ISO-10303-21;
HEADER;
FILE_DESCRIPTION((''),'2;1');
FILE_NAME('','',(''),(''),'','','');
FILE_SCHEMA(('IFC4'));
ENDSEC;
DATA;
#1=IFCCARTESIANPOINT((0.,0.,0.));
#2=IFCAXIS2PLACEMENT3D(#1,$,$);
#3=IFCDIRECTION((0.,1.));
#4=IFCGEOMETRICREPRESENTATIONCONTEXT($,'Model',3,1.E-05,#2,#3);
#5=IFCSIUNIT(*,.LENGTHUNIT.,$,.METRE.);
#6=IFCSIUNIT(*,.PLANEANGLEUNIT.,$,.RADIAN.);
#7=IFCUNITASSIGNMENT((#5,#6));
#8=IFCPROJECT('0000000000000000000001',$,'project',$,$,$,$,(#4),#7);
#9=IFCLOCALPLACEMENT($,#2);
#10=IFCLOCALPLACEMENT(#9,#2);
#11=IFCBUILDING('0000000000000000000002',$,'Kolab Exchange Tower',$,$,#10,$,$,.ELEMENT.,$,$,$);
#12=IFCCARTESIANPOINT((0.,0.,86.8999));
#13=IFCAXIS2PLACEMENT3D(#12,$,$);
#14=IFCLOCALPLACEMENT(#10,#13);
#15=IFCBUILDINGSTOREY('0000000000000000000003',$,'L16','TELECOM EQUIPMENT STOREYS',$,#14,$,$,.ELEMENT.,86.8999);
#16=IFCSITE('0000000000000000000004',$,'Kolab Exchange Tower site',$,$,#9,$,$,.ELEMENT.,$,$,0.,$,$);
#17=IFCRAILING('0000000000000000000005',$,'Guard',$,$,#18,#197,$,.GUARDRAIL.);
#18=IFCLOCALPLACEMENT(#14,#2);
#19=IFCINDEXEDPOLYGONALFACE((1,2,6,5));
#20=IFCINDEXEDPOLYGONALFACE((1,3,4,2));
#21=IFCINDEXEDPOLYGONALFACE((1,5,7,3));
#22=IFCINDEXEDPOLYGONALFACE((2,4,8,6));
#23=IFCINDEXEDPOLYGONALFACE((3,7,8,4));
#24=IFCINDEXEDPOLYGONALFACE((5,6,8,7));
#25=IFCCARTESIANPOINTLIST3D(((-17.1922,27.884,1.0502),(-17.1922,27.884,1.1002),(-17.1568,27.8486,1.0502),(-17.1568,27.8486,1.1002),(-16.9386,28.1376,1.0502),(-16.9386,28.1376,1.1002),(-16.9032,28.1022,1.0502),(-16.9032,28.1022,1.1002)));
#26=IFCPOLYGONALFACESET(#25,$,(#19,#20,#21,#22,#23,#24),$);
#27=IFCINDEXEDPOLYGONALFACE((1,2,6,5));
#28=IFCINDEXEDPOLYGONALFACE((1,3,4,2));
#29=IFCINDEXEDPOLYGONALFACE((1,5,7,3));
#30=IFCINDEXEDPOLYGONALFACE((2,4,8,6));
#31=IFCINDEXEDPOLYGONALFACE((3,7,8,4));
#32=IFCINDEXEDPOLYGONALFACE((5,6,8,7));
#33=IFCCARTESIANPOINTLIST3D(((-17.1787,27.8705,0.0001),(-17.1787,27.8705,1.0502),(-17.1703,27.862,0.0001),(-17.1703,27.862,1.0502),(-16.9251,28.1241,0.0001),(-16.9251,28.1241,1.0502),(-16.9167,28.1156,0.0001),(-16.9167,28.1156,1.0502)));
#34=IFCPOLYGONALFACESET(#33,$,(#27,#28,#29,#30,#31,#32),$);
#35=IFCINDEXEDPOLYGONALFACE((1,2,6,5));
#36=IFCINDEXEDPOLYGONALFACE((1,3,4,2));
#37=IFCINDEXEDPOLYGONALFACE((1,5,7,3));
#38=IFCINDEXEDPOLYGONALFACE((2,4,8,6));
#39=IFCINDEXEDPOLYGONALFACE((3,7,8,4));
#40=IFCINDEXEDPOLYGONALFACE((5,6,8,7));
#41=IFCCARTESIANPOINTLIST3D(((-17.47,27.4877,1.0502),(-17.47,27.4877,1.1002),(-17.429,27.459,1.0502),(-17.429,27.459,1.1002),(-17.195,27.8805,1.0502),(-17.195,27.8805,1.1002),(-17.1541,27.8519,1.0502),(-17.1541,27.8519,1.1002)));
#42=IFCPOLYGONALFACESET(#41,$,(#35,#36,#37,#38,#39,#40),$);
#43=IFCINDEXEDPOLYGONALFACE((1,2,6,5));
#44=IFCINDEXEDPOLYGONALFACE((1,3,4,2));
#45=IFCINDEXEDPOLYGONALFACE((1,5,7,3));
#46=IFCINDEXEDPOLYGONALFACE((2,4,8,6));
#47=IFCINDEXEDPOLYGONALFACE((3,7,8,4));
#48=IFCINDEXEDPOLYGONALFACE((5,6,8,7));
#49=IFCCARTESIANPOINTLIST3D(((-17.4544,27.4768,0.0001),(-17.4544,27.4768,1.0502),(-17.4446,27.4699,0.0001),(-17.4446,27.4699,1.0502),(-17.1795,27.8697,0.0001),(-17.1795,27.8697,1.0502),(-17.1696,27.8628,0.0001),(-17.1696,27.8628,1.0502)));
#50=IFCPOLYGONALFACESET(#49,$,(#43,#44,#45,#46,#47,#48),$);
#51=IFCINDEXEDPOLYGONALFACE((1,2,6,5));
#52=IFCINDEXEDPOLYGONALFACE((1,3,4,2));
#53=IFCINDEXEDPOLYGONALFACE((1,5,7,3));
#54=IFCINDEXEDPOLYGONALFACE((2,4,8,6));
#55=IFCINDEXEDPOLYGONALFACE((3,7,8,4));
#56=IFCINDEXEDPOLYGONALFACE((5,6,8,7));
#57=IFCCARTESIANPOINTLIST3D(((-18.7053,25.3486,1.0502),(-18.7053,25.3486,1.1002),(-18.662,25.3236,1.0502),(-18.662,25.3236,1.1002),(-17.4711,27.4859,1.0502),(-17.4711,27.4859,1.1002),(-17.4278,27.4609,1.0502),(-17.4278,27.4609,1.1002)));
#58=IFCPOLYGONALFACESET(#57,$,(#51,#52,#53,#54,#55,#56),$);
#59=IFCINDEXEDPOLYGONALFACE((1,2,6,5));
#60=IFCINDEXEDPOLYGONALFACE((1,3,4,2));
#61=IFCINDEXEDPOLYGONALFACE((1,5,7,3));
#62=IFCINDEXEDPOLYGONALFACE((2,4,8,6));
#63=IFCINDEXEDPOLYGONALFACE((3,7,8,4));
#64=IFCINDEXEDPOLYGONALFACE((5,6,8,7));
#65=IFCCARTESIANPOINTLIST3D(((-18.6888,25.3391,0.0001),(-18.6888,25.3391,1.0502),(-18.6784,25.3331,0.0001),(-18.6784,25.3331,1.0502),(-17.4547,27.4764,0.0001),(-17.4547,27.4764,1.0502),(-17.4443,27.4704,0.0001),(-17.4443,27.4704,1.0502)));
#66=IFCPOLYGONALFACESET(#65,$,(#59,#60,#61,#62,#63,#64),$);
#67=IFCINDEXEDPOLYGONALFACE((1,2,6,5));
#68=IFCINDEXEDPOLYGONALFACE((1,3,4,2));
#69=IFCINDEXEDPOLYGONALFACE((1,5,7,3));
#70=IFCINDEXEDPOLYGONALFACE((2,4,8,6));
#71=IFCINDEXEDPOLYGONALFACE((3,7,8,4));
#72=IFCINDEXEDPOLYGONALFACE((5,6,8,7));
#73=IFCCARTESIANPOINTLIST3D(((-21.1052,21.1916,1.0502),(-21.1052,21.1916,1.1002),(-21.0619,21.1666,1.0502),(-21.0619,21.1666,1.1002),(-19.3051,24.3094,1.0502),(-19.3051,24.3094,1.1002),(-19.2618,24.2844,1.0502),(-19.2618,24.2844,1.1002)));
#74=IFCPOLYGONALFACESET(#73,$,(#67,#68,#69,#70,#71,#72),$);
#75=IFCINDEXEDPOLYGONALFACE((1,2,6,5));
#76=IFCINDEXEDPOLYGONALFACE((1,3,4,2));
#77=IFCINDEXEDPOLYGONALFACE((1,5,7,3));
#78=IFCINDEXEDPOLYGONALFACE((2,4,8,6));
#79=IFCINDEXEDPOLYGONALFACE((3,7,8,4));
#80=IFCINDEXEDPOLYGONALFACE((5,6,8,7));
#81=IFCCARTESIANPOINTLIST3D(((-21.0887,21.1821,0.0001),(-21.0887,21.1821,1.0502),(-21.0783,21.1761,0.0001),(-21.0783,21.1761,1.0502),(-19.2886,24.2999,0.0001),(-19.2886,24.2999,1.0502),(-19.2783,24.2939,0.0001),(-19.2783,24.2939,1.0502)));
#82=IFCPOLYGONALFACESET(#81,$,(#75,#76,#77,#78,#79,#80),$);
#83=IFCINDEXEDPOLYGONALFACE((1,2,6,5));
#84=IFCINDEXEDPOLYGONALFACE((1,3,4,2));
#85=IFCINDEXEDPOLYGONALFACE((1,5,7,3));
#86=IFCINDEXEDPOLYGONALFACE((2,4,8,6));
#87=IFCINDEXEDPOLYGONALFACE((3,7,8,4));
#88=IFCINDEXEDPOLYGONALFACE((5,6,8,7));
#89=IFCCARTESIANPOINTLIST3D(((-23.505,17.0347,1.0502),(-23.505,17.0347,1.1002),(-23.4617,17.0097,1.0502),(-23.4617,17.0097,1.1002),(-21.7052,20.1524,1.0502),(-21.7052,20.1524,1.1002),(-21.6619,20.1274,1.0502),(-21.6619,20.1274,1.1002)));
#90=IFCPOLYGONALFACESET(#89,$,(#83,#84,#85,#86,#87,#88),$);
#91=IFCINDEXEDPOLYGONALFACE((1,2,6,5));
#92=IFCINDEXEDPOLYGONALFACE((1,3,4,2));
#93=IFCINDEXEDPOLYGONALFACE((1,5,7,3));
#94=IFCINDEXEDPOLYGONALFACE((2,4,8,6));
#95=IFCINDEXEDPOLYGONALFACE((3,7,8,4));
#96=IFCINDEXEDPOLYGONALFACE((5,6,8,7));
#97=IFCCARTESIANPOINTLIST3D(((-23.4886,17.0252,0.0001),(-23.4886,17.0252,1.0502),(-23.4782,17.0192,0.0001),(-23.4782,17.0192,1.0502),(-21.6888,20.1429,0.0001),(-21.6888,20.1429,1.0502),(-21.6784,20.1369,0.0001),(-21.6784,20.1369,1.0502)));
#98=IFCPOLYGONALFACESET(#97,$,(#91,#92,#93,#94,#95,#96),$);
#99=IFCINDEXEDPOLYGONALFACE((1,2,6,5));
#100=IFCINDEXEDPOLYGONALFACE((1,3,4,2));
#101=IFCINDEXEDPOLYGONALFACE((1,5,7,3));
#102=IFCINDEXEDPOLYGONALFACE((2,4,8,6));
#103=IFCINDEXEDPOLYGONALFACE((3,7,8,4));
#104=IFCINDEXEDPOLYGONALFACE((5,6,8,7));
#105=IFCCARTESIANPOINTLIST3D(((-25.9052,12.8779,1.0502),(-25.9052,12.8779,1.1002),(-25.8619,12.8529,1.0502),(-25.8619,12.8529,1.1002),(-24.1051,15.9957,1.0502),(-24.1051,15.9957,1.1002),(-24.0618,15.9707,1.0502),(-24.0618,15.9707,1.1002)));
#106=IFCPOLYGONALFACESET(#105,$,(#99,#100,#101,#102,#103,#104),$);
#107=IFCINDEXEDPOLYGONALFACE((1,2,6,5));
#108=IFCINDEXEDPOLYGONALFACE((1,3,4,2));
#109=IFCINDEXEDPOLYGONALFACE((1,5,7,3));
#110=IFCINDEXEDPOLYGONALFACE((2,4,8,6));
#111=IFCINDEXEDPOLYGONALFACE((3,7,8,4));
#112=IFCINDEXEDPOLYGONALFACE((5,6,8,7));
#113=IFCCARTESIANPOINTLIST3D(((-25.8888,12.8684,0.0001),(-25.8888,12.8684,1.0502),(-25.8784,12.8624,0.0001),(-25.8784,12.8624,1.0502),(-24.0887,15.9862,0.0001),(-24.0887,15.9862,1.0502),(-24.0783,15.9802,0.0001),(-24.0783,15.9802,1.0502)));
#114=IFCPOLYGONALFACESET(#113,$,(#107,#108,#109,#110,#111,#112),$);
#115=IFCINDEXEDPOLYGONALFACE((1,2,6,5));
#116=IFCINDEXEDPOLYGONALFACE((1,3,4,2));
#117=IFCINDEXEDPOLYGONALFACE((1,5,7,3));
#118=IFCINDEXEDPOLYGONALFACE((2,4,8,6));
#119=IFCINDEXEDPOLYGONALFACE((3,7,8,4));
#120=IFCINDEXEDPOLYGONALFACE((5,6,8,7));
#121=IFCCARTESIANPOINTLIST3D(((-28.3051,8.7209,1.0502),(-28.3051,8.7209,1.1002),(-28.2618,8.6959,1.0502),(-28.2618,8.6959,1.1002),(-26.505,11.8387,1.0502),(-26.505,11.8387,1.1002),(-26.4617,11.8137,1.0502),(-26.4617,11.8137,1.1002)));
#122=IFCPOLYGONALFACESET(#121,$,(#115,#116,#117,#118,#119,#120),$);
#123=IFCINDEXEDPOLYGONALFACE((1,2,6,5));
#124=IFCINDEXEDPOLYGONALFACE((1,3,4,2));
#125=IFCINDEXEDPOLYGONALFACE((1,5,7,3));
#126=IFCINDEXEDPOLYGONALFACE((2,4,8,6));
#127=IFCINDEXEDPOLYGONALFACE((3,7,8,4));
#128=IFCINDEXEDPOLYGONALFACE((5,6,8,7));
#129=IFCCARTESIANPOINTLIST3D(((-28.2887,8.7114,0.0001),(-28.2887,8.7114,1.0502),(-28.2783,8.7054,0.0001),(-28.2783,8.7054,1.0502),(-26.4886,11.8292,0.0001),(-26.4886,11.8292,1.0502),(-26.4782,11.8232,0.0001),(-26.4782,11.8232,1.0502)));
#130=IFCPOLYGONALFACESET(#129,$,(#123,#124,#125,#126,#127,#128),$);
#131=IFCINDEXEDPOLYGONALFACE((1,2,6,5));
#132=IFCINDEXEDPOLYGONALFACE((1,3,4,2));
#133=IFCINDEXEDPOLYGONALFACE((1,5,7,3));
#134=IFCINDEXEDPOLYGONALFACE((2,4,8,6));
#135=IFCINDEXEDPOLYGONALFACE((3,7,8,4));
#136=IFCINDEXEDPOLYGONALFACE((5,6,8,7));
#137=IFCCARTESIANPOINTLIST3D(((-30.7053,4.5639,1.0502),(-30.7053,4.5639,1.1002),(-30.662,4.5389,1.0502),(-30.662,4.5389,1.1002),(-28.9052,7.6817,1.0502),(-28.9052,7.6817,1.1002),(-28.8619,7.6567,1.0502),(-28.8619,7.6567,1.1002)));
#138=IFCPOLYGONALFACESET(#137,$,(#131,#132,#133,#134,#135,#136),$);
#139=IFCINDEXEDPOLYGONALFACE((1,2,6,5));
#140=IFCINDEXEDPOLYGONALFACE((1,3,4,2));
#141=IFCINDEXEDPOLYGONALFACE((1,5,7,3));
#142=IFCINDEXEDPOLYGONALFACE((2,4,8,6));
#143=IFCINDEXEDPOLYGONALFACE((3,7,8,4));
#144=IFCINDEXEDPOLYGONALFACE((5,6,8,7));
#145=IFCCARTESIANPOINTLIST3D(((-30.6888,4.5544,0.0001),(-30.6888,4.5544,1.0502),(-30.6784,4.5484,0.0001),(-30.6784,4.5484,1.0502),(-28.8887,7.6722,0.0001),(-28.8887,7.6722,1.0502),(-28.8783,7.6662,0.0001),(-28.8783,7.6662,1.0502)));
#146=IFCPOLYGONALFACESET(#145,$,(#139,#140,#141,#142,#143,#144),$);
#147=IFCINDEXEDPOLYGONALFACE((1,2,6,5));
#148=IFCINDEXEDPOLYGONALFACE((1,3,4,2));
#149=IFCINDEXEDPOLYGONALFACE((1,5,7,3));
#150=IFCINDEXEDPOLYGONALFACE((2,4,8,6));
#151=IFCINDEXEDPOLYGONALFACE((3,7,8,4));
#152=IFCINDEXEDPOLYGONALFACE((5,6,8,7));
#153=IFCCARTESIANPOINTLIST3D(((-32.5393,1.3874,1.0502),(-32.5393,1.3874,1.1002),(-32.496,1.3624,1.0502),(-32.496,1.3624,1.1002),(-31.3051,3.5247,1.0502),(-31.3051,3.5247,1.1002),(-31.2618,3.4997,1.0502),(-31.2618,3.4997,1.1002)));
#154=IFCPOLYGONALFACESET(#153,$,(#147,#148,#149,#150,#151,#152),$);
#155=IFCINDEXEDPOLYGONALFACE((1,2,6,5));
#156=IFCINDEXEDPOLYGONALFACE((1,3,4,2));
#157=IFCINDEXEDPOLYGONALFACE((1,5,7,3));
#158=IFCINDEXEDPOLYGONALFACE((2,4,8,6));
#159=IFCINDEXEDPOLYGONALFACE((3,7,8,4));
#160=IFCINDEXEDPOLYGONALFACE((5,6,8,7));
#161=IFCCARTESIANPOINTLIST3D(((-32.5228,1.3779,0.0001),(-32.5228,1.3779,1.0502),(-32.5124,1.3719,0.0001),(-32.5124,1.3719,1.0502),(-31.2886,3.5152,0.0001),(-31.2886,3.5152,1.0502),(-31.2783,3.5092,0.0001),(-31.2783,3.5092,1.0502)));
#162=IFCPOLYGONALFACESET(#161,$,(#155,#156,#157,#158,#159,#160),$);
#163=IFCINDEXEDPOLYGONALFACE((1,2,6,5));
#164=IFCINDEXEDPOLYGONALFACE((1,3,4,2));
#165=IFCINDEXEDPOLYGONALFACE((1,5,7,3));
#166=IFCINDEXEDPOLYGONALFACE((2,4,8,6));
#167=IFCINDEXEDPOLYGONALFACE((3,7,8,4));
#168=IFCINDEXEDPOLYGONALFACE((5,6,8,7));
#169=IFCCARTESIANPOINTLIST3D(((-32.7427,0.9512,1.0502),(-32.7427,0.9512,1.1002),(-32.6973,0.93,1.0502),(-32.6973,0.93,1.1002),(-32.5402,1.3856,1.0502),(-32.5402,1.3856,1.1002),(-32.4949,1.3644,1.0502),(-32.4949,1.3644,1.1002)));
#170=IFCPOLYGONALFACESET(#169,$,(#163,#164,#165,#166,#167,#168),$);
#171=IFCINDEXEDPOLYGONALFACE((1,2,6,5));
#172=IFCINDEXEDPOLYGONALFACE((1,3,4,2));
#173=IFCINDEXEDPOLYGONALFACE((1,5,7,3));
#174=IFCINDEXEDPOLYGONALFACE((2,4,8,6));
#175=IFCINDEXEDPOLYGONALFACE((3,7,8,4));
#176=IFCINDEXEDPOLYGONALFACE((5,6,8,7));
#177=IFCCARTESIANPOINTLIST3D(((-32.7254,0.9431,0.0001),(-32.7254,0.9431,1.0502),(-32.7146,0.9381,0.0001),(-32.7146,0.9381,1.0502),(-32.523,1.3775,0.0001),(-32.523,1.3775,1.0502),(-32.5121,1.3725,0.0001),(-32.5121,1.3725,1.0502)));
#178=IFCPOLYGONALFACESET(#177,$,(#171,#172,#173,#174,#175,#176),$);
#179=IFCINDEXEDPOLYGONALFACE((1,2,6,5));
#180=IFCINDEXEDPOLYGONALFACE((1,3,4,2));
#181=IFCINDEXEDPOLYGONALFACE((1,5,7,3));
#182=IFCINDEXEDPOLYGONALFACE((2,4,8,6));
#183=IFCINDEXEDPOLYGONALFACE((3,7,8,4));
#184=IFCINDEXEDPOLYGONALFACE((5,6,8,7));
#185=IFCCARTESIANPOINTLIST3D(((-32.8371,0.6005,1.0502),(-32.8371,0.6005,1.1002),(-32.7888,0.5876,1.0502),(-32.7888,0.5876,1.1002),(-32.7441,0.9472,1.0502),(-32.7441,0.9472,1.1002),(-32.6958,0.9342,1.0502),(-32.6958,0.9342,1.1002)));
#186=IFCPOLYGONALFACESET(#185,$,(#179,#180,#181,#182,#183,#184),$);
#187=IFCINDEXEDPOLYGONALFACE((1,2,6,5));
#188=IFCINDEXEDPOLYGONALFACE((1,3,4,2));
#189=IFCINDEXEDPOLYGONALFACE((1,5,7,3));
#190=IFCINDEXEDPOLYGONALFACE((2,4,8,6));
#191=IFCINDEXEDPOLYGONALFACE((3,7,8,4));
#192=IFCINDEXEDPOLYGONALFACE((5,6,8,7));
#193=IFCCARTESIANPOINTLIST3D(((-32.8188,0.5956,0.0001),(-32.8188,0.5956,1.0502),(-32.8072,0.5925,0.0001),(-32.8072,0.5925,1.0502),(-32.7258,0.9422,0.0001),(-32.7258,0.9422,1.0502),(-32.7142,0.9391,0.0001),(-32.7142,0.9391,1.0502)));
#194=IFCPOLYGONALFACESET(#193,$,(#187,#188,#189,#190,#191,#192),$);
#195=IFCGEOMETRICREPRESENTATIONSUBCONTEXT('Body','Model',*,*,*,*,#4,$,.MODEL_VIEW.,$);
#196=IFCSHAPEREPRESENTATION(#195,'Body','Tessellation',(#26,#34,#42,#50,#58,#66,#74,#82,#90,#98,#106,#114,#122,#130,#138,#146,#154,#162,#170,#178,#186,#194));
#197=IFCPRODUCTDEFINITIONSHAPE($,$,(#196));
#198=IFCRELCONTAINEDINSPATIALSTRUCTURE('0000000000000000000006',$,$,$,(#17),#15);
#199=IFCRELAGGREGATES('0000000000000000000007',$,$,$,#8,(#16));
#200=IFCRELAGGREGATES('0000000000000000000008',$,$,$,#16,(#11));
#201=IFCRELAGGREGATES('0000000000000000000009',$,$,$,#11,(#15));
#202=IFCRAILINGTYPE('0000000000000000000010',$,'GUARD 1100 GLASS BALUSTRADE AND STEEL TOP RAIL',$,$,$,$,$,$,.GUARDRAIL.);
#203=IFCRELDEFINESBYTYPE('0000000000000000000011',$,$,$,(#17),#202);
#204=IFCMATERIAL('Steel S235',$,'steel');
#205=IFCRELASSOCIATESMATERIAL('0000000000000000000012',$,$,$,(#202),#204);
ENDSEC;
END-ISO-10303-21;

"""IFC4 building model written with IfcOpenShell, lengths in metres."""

from ifc_helpers import new_model, si_unit, direction, frame, frame_2d, origin, origin_2d, place, context, subcontext, project, spatial, rectangle, extrude, material, type_object, element, save


model = new_model("IFC4")

# Units and contexts
model_context = context("Model", 3, precision=1e-05, world=origin(), true_north=direction((0.0, 1.0)))
body_context = subcontext(model_context, "Body", "Model", "MODEL_VIEW")
ifc_project = project(units=[si_unit("LENGTHUNIT", "METRE"), si_unit("PLANEANGLEUNIT", "RADIAN")], contexts=[model_context])

# Site, building, storey
site_placement = place(None, origin())
site = spatial("IfcSite", under=ifc_project, at=site_placement, Name="Kolab Exchange Tower site", CompositionType="ELEMENT", RefElevation=0.0)
building_placement = place(site_placement, origin())
building = spatial("IfcBuilding", under=site, at=building_placement, Name="Kolab Exchange Tower", CompositionType="ELEMENT")
storey_placement = place(building_placement, frame((0.0, 0.0, 86.8999)))
storey = spatial("IfcBuildingStorey", under=building, at=storey_placement, Name="L16", Description="TELECOM EQUIPMENT STOREYS", CompositionType="ELEMENT", Elevation=86.8999)

# Railing
ifc_material_1 = material(Name="Steel S235", Category="steel")
railing_type = type_object("IfcRailingType", Name="GUARD 1100 GLASS BALUSTRADE AND STEEL TOP RAIL", PredefinedType="GUARDRAIL", material=ifc_material_1)
railing_placement = place(storey_placement, frame((-16.9209, 28.1199, 0.0)))
element("IfcRailing", 1, at=railing_placement, inside=storey, type_object=railing_type, Name="Guard", PredefinedType="GUARDRAIL", context=body_context, shape_type="SweptSolid", body=[
    extrude(rectangle(XDim=0.05, YDim=0.05, at=origin_2d()), frame((0.0, 0.0, 1.0752), z_axis=(-0.707107, -0.707107, 0.0), x_axis=(0.707107, -0.707107, 0.0)), (0.0, 0.0, 1.0), 0.3586),
    extrude(rectangle(XDim=0.012, YDim=1.0501, at=frame_2d((0.0, 0.5251))), frame((0.0, 0.0, 0.0), z_axis=(-0.707107, -0.707107, 0.0), x_axis=(0.707107, -0.707107, 0.0)), (0.0, 0.0, 1.0), 0.3586),
    extrude(rectangle(XDim=0.05, YDim=0.05, at=origin_2d()), frame((-0.2537, -0.2537, 1.0752), z_axis=(-0.57336, -0.819304, 0.0), x_axis=(0.819304, -0.57336, 0.0)), (0.0, 0.0, 1.0), 0.4795),
    extrude(rectangle(XDim=0.012, YDim=1.0501, at=frame_2d((0.0, 0.5251))), frame((-0.2537, -0.2537, 0.0), z_axis=(-0.57336, -0.819304, 0.0), x_axis=(0.819304, -0.57336, 0.0)), (0.0, 0.0, 1.0), 0.4795),
    extrude(rectangle(XDim=0.05, YDim=0.05, at=origin_2d()), frame((-0.5286, -0.6465, 1.0752), z_axis=(-0.500065, -0.865988, 0.0), x_axis=(0.865988, -0.500065, 0.0)), (0.0, 0.0, 1.0), 2.468),
    extrude(rectangle(XDim=0.012, YDim=1.0501, at=frame_2d((0.0, 0.5251))), frame((-0.5286, -0.6465, 0.0), z_axis=(-0.500065, -0.865988, 0.0), x_axis=(0.865988, -0.500065, 0.0)), (0.0, 0.0, 1.0), 2.468),
    extrude(rectangle(XDim=0.05, YDim=0.05, at=origin_2d()), frame((-2.3625, -3.823, 1.0752), z_axis=(-0.500012, -0.866018, 0.0), x_axis=(0.866018, -0.500012, 0.0)), (0.0, 0.0, 1.0), 3.6001),
    extrude(rectangle(XDim=0.012, YDim=1.0501, at=frame_2d((0.0, 0.5251))), frame((-2.3625, -3.823, 0.0), z_axis=(-0.500012, -0.866018, 0.0), x_axis=(0.866018, -0.500012, 0.0)), (0.0, 0.0, 1.0), 3.6001),
    extrude(rectangle(XDim=0.05, YDim=0.05, at=origin_2d()), frame((-4.7627, -7.98, 1.0752), z_axis=(-0.499961, -0.866048, 0.0), x_axis=(0.866048, -0.499961, 0.0)), (0.0, 0.0, 1.0), 3.5999),
    extrude(rectangle(XDim=0.012, YDim=1.0501, at=frame_2d((0.0, 0.5251))), frame((-4.7627, -7.98, 0.0), z_axis=(-0.499961, -0.866048, 0.0), x_axis=(0.866048, -0.499961, 0.0)), (0.0, 0.0, 1.0), 3.5999),
    extrude(rectangle(XDim=0.05, YDim=0.05, at=origin_2d()), frame((-7.1626, -12.1367, 1.0752), z_axis=(-0.500012, -0.866018, 0.0), x_axis=(0.866018, -0.500012, 0.0)), (0.0, 0.0, 1.0), 3.6001),
    extrude(rectangle(XDim=0.012, YDim=1.0501, at=frame_2d((0.0, 0.5251))), frame((-7.1626, -12.1367, 0.0), z_axis=(-0.500012, -0.866018, 0.0), x_axis=(0.866018, -0.500012, 0.0)), (0.0, 0.0, 1.0), 3.6001),
    extrude(rectangle(XDim=0.05, YDim=0.05, at=origin_2d()), frame((-9.5625, -16.2937, 1.0752), z_axis=(-0.500012, -0.866018, 0.0), x_axis=(0.866018, -0.500012, 0.0)), (0.0, 0.0, 1.0), 3.6001),
    extrude(rectangle(XDim=0.012, YDim=1.0501, at=frame_2d((0.0, 0.5251))), frame((-9.5625, -16.2937, 0.0), z_axis=(-0.500012, -0.866018, 0.0), x_axis=(0.866018, -0.500012, 0.0)), (0.0, 0.0, 1.0), 3.6001),
    extrude(rectangle(XDim=0.05, YDim=0.05, at=origin_2d()), frame((-11.9626, -20.4507, 1.0752), z_axis=(-0.500012, -0.866018, 0.0), x_axis=(0.866018, -0.500012, 0.0)), (0.0, 0.0, 1.0), 3.6001),
    extrude(rectangle(XDim=0.012, YDim=1.0501, at=frame_2d((0.0, 0.5251))), frame((-11.9626, -20.4507, 0.0), z_axis=(-0.500012, -0.866018, 0.0), x_axis=(0.866018, -0.500012, 0.0)), (0.0, 0.0, 1.0), 3.6001),
    extrude(rectangle(XDim=0.05, YDim=0.05, at=origin_2d()), frame((-14.3625, -24.6077, 1.0752), z_axis=(-0.500065, -0.865988, 0.0), x_axis=(0.865988, -0.500065, 0.0)), (0.0, 0.0, 1.0), 2.468),
    extrude(rectangle(XDim=0.012, YDim=1.0501, at=frame_2d((0.0, 0.5251))), frame((-14.3625, -24.6077, 0.0), z_axis=(-0.500065, -0.865988, 0.0), x_axis=(0.865988, -0.500065, 0.0)), (0.0, 0.0, 1.0), 2.468),
    extrude(rectangle(XDim=0.05, YDim=0.05, at=origin_2d()), frame((-15.5967, -26.7449, 1.0752), z_axis=(-0.422383, -0.906417, 0.0), x_axis=(0.906417, -0.422383, 0.0)), (0.0, 0.0, 1.0), 0.4792),
    extrude(rectangle(XDim=0.012, YDim=1.0501, at=frame_2d((0.0, 0.5251))), frame((-15.5967, -26.7449, 0.0), z_axis=(-0.422383, -0.906417, 0.0), x_axis=(0.906417, -0.422383, 0.0)), (0.0, 0.0, 1.0), 0.4792),
    extrude(rectangle(XDim=0.05, YDim=0.05, at=origin_2d()), frame((-15.7991, -27.1792, 1.0752), z_axis=(-0.259144, -0.965839, 0.0), x_axis=(0.965839, -0.259144, 0.0)), (0.0, 0.0, 1.0), 0.3589),
    extrude(rectangle(XDim=0.012, YDim=1.0501, at=frame_2d((0.0, 0.5251))), frame((-15.7991, -27.1792, 0.0), z_axis=(-0.259144, -0.965839, 0.0), x_axis=(0.965839, -0.259144, 0.0)), (0.0, 0.0, 1.0), 0.3589),
])

save(model, "model.ifc")
